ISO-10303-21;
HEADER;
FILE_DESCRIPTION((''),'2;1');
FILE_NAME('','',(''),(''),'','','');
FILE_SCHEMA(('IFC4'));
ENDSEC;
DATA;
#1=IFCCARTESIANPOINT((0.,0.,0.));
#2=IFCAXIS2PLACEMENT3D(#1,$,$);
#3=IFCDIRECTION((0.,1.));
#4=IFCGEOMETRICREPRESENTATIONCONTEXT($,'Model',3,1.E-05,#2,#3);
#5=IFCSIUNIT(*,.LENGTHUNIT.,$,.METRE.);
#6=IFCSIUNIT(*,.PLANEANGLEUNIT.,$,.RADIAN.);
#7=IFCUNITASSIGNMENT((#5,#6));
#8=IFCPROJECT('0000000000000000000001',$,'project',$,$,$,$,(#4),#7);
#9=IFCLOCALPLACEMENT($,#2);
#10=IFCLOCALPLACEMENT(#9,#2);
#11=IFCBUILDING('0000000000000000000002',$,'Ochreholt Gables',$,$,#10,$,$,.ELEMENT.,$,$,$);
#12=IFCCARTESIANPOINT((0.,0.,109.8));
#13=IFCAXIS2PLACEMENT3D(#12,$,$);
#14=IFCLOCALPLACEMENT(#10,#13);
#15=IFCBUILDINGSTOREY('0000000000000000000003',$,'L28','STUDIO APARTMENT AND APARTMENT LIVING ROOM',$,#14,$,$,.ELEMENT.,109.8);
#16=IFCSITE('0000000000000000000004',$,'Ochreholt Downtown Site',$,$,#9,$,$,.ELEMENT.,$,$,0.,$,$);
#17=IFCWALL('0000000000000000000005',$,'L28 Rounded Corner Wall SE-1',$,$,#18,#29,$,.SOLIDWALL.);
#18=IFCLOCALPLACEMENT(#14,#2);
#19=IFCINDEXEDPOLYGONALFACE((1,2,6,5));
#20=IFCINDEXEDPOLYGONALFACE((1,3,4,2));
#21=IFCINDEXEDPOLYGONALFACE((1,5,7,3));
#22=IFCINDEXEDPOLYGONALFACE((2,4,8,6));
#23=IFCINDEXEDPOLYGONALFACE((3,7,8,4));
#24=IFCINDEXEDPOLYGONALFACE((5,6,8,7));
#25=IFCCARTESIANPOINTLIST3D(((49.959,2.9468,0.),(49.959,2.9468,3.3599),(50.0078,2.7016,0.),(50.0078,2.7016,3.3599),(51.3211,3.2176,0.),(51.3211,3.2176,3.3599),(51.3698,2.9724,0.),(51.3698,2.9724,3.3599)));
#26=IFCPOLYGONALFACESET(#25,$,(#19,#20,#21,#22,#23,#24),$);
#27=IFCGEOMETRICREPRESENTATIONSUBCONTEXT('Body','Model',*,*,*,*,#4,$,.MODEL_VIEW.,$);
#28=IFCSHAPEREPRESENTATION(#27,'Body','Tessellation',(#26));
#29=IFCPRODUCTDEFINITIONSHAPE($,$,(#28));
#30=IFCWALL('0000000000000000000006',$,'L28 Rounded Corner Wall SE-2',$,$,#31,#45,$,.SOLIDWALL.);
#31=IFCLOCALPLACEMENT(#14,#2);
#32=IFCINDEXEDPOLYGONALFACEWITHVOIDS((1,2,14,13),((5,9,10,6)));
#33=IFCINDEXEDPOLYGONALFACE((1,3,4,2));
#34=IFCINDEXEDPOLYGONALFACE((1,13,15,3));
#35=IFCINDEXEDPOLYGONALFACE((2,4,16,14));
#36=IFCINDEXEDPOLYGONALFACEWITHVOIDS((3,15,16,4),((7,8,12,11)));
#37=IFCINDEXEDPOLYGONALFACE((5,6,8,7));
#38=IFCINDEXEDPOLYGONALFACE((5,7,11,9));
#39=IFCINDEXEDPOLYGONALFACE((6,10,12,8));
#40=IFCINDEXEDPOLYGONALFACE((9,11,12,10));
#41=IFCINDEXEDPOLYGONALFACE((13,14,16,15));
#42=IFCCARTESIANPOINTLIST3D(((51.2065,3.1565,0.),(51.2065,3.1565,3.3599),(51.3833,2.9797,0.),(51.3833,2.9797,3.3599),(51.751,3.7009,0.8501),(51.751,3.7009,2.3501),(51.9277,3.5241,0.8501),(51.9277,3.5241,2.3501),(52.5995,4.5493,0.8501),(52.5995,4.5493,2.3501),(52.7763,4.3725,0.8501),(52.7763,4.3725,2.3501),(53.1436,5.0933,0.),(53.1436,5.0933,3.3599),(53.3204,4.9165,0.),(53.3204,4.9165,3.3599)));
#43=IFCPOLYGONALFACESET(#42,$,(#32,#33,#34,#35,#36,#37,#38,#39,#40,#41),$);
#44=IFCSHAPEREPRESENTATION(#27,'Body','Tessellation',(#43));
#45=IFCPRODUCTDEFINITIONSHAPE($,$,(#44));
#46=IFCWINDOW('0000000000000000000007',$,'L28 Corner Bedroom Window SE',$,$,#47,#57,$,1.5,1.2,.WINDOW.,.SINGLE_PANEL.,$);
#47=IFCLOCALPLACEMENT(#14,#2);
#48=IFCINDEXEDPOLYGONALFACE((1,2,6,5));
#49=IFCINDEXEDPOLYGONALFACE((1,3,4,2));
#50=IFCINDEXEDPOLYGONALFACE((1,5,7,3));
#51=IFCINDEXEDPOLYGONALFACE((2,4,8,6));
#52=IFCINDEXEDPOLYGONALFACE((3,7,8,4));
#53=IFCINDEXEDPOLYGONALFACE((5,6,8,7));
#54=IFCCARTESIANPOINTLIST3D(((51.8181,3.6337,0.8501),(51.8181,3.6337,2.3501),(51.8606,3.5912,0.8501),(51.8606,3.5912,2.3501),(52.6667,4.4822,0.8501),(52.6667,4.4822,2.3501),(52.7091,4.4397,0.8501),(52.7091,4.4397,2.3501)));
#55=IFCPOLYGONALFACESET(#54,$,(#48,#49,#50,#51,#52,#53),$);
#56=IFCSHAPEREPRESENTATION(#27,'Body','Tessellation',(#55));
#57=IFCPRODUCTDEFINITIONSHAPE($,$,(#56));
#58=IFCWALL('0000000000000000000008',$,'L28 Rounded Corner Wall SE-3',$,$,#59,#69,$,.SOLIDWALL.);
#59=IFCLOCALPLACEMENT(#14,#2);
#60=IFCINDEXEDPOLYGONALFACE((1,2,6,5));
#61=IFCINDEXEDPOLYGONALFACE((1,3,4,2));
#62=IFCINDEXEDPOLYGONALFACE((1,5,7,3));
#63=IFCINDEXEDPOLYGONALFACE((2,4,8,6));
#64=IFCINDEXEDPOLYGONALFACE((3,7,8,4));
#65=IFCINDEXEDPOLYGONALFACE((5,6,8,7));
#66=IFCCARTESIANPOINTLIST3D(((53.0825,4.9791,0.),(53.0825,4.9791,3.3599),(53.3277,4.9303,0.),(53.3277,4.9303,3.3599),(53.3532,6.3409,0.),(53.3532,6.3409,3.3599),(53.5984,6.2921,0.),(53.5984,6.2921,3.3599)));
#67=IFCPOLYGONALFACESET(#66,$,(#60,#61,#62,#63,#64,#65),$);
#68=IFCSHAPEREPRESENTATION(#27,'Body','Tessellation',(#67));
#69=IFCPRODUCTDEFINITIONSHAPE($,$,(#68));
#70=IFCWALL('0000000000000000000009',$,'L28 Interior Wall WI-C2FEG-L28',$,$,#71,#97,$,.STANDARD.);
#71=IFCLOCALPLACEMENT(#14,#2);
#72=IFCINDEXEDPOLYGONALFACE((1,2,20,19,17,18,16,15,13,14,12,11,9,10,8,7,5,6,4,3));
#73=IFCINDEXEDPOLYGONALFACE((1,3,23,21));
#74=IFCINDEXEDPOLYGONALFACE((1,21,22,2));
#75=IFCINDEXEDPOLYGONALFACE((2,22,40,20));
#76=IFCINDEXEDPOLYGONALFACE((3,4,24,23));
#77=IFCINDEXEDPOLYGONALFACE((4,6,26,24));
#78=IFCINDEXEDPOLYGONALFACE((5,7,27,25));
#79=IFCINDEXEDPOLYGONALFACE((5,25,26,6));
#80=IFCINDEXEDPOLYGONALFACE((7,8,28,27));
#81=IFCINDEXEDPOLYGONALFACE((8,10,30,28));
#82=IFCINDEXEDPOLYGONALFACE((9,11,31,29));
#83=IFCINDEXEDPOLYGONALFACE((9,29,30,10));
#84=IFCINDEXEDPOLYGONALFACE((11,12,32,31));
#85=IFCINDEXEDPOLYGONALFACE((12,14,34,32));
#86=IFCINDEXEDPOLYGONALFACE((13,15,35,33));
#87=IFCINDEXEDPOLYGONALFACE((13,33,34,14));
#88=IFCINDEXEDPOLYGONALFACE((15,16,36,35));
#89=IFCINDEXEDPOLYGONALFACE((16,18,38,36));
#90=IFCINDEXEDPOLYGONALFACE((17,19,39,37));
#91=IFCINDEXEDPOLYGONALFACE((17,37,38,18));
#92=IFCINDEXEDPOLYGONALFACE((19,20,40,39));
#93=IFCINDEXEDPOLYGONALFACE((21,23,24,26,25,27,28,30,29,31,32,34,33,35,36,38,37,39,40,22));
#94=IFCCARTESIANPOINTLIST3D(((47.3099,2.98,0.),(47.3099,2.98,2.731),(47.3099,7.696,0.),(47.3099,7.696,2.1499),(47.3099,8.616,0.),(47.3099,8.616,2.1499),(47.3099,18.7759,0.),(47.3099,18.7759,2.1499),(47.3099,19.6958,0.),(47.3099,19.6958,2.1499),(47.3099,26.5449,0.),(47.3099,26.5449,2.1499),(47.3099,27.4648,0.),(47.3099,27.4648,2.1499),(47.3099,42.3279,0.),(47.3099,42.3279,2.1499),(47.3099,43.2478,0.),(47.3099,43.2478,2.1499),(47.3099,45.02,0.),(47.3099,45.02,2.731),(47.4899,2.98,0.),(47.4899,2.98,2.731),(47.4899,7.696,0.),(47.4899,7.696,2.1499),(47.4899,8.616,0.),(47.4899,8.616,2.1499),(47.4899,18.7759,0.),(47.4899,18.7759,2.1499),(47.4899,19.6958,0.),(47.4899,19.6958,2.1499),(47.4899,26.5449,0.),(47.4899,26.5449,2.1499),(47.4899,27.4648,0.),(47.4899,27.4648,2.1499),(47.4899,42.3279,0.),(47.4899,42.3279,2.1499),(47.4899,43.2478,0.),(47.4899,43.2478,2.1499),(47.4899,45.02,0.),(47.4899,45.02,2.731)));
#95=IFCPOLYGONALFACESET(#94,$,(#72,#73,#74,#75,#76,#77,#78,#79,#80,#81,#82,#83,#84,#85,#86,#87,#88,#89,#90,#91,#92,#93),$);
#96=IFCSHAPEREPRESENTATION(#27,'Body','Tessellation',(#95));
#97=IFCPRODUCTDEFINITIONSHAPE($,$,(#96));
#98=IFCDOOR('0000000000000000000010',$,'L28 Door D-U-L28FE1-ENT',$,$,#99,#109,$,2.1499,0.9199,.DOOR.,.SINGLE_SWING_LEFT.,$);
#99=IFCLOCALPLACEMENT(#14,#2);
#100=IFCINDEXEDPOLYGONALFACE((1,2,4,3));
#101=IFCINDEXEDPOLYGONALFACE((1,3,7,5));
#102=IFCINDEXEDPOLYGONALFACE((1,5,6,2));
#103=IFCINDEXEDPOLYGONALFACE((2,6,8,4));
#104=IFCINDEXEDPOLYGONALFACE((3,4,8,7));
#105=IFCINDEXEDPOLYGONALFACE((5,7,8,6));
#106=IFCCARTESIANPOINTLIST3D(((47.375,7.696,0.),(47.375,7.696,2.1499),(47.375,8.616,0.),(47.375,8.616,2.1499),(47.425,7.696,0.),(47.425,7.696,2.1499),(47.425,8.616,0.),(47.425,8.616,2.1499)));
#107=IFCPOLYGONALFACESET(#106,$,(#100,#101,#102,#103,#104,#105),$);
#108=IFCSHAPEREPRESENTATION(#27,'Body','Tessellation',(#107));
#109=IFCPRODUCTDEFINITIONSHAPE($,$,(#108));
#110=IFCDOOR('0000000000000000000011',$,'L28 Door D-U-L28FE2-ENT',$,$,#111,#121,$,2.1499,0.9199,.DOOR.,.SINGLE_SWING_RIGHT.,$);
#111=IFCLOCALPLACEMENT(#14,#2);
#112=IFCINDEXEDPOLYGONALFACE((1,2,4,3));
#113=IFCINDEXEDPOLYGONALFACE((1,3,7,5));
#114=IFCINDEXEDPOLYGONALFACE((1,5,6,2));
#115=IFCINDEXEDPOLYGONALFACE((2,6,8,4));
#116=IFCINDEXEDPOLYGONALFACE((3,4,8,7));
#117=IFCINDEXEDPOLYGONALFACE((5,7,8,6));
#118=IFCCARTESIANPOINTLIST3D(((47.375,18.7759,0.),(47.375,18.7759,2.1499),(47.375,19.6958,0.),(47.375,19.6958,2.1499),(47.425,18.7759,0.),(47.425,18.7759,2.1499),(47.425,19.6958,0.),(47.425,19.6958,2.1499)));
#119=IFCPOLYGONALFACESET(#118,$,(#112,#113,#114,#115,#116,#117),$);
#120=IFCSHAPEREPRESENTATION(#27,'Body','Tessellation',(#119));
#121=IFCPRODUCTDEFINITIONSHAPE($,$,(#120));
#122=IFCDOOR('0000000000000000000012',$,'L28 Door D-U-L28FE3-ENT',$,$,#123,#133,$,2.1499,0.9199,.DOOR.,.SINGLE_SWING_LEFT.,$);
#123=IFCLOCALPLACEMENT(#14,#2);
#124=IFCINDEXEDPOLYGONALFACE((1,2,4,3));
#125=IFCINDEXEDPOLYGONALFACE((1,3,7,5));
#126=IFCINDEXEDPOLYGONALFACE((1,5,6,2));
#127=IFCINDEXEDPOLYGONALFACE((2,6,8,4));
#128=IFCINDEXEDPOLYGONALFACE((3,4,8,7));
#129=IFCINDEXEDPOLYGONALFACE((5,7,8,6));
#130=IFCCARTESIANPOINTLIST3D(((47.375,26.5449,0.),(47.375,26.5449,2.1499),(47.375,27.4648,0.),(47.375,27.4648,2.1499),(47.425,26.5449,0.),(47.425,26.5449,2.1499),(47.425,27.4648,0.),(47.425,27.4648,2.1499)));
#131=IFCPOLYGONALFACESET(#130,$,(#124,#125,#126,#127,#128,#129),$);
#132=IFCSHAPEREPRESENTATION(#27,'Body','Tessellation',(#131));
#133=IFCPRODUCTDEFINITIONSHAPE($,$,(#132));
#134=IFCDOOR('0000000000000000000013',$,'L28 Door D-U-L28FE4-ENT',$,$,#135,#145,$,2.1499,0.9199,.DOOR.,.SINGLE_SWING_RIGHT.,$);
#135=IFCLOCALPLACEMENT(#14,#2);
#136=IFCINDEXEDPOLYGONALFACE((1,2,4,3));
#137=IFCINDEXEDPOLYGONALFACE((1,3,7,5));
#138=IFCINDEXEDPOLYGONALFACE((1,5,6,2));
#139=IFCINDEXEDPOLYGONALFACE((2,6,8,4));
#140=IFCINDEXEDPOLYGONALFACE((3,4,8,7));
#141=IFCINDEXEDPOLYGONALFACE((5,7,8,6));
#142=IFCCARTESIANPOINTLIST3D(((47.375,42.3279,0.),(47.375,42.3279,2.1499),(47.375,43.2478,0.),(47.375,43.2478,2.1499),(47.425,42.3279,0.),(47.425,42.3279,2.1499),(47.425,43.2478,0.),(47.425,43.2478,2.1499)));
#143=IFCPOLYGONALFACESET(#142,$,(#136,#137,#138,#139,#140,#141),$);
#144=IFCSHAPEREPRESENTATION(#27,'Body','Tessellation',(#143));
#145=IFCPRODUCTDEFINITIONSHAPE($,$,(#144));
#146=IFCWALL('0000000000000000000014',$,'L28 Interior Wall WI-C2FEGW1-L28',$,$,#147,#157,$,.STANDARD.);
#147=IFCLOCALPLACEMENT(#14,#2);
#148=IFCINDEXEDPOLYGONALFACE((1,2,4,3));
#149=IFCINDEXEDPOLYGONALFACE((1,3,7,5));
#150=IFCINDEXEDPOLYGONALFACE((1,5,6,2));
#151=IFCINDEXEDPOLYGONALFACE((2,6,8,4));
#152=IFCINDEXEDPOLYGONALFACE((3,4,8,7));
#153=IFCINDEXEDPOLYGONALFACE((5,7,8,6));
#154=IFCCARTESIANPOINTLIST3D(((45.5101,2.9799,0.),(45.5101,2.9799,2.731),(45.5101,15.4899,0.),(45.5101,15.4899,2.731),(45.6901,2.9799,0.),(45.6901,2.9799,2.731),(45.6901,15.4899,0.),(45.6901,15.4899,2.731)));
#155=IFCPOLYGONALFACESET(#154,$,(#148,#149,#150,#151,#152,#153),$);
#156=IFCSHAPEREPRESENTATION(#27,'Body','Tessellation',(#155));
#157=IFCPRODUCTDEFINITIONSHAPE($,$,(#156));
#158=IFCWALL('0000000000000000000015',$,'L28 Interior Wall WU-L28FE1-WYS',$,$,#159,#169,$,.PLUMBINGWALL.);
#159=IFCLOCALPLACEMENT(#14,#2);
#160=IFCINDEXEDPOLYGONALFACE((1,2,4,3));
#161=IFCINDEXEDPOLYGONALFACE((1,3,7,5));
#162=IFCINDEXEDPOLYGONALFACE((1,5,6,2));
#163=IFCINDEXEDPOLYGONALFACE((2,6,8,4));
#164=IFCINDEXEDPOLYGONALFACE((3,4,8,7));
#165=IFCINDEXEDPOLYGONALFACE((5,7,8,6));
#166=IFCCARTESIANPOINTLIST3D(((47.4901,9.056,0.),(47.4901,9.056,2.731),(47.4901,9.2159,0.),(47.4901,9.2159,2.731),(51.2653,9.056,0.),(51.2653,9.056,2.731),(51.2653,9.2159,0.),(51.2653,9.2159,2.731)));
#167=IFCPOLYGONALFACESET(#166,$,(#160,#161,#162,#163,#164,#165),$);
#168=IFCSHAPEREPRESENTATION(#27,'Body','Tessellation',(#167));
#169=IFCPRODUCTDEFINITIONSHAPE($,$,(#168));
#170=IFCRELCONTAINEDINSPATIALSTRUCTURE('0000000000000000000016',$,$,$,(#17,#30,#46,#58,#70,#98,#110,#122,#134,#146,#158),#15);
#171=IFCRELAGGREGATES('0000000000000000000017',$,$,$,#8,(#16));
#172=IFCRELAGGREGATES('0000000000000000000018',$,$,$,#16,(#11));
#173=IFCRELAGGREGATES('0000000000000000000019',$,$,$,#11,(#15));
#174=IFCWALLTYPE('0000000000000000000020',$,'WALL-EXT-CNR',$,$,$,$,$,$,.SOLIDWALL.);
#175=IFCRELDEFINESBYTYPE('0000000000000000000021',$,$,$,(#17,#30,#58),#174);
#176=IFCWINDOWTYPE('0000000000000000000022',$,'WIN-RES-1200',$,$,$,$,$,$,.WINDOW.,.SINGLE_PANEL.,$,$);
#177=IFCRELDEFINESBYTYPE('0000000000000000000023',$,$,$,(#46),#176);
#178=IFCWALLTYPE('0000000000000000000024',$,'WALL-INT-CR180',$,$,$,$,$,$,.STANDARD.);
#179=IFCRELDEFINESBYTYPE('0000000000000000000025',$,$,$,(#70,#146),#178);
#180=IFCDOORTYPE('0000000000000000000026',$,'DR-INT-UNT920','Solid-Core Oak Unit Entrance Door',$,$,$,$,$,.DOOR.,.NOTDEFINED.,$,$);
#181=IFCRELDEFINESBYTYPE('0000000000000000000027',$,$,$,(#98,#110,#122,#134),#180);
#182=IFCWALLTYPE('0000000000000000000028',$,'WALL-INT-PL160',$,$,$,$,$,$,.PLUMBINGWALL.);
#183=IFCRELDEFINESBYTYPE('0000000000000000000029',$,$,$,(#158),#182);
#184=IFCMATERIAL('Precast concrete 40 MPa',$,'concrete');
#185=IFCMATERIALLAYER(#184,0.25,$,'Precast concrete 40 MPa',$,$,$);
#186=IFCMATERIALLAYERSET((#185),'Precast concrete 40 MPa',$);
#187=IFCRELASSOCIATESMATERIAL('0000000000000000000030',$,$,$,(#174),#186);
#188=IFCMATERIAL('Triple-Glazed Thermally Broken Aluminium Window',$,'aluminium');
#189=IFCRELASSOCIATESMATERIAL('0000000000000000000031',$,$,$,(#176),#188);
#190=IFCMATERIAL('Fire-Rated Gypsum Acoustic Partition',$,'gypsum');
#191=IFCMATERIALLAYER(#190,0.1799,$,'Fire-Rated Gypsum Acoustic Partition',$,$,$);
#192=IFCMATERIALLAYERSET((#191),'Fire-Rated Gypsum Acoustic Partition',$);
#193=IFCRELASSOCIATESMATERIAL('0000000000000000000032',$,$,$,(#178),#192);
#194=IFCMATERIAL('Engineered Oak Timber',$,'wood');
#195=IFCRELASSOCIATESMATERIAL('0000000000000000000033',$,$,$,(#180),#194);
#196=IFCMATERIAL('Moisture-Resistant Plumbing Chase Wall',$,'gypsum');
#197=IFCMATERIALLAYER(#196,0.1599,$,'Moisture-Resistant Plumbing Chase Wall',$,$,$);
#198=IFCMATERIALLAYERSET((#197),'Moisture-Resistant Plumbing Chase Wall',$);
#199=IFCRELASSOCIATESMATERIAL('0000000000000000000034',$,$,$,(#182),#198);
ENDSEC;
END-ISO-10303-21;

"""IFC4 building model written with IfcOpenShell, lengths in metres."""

from ifc_helpers import new_model, si_unit, direction, frame, frame_2d, origin, place, context, subcontext, project, spatial, rectangle, extrude, material, layer, layer_set, type_object, element, fill, save


model = new_model("IFC4")

# Units and contexts
model_context = context("Model", 3, precision=1e-05, world=origin(), true_north=direction((0.0, 1.0)))
body_context = subcontext(model_context, "Body", "Model", "MODEL_VIEW")
ifc_project = project(units=[si_unit("LENGTHUNIT", "METRE"), si_unit("PLANEANGLEUNIT", "RADIAN")], contexts=[model_context])

# Site, building, storey
site_placement = place(None, origin())
site = spatial("IfcSite", under=ifc_project, at=site_placement, Name="Ochreholt Downtown Site", CompositionType="ELEMENT", RefElevation=0.0)
building_placement = place(site_placement, origin())
building = spatial("IfcBuilding", under=site, at=building_placement, Name="Ochreholt Gables", CompositionType="ELEMENT")
storey_placement = place(building_placement, frame((0.0, 0.0, 109.8)))
storey = spatial("IfcBuildingStorey", under=building, at=storey_placement, Name="L28", Description="STUDIO APARTMENT AND APARTMENT LIVING ROOM", CompositionType="ELEMENT", Elevation=109.8)

# Shared definitions
ifc_material_1 = material(Name="Precast concrete 40 MPa", Category="concrete")
ifc_material_2 = material(Name="Triple-Glazed Thermally Broken Aluminium Window", Category="aluminium")

# Wall
ifc_layer_1 = layer(ifc_material_1, 0.25, Name="Precast concrete 40 MPa")
ifc_layer_set_1 = layer_set([ifc_layer_1], Name="Precast concrete 40 MPa")
wall_type_1 = type_object("IfcWallType", Name="WALL-EXT-CNR", PredefinedType="SOLIDWALL", material=ifc_layer_set_1)
wall_1_placement = place(storey_placement, frame((49.9834, 2.8242, 0.0), z_axis=(0.0, 0.0, 1.0), x_axis=(0.98081, 0.194967, 0.0)))
element("IfcWall", 1, at=wall_1_placement, inside=storey, type_object=wall_type_1, Name="L28 Rounded Corner Wall SE-1", PredefinedType="SOLIDWALL", context=body_context, shape_type="SweptSolid", body=[
    extrude(rectangle(XDim=1.3887, YDim=0.25, at=frame_2d((0.6943, 0.0))), origin(), (0.0, 0.0, 1.0), 3.3599),
])

# Wall, opening, window
wall_2_placement = place(storey_placement, frame((51.2949, 3.0681, 0.0), z_axis=(0.0, 0.0, 1.0), x_axis=(0.707151, 0.707062, 0.0)))
wall_2 = element("IfcWall", 2, at=wall_2_placement, inside=storey, type_object=wall_type_1, Name="L28 Rounded Corner Wall SE-2", PredefinedType="SOLIDWALL", context=body_context, shape_type="SweptSolid", body=[
    extrude(rectangle(XDim=2.7393, YDim=0.25, at=frame_2d((1.3696, 0.0))), origin(), (0.0, 0.0, 1.0), 3.3599),
])
opening_1_placement = place(wall_2_placement, frame((0.7698, 0.0, 0.8501)))
opening_1 = element("IfcOpeningElement", 3, at=opening_1_placement, cuts=wall_2, PredefinedType="OPENING", context=body_context, shape_type="SweptSolid", body=[
    extrude(rectangle(XDim=1.2, YDim=1.5, at=frame_2d((0.6001, 0.75))), frame((0.0, 0.135, 0.0), z_axis=(0.0, -1.0, 0.0), x_axis=(1.0, 0.0, 0.0)), (0.0, 0.0, 1.0), 0.27),
])
window_type_1 = type_object("IfcWindowType", Name="WIN-RES-1200", PartitioningType="SINGLE_PANEL", PredefinedType="WINDOW", material=ifc_material_2)
window_1_placement = place(opening_1_placement, origin())
window_1 = element("IfcWindow", 4, at=window_1_placement, inside=storey, type_object=window_type_1, Name="L28 Corner Bedroom Window SE", OverallHeight=1.5, OverallWidth=1.2, PartitioningType="SINGLE_PANEL", PredefinedType="WINDOW", context=body_context, shape_type="SweptSolid", body=[
    extrude(rectangle(XDim=1.2, YDim=1.5, at=frame_2d((0.6001, 0.75))), frame((0.0, 0.03, 0.0), z_axis=(0.0, -1.0, 0.0), x_axis=(1.0, 0.0, 0.0)), (0.0, 0.0, 1.0), 0.0601),
])
fill(opening_1, window_1)

# Wall
wall_3_placement = place(storey_placement, frame((53.2051, 4.9546, 0.0), z_axis=(0.0, 0.0, 1.0), x_axis=(0.195, 0.980803, 0.0)))
element("IfcWall", 5, at=wall_3_placement, inside=storey, type_object=wall_type_1, Name="L28 Rounded Corner Wall SE-3", PredefinedType="SOLIDWALL", context=body_context, shape_type="SweptSolid", body=[
    extrude(rectangle(XDim=1.3884, YDim=0.25, at=frame_2d((0.6943, 0.0))), origin(), (0.0, 0.0, 1.0), 3.3599),
])

# Wall, openings, doors
ifc_material_3 = material(Name="Fire-Rated Gypsum Acoustic Partition", Category="gypsum")
ifc_layer_2 = layer(ifc_material_3, 0.1799, Name="Fire-Rated Gypsum Acoustic Partition")
ifc_layer_set_2 = layer_set([ifc_layer_2], Name="Fire-Rated Gypsum Acoustic Partition")
wall_type_2 = type_object("IfcWallType", Name="WALL-INT-CR180", PredefinedType="STANDARD", material=ifc_layer_set_2)
wall_4_placement = place(storey_placement, frame((47.3999, 2.98, 0.0), z_axis=(0.0, 0.0, 1.0), x_axis=(0.0, 1.0, 0.0)))
wall_4 = element("IfcWall", 6, at=wall_4_placement, inside=storey, type_object=wall_type_2, Name="L28 Interior Wall WI-C2FEG-L28", PredefinedType="STANDARD", context=body_context, shape_type="SweptSolid", body=[
    extrude(rectangle(XDim=42.04, YDim=0.1799, at=frame_2d((21.02, 0.0))), origin(), (0.0, 0.0, 1.0), 2.731),
])
opening_2_placement = place(wall_4_placement, frame((4.7161, 0.0, 0.0)))
opening_2 = element("IfcOpeningElement", 7, at=opening_2_placement, cuts=wall_4, PredefinedType="OPENING", context=body_context, shape_type="SweptSolid", body=[
    extrude(rectangle(XDim=0.9199, YDim=2.1499, at=frame_2d((0.46, 1.075))), frame((0.0, 0.0999, 0.0), z_axis=(0.0, -1.0, 0.0), x_axis=(1.0, 0.0, 0.0)), (0.0, 0.0, 1.0), 0.2),
])
opening_3_placement = place(wall_4_placement, frame((15.7959, 0.0, 0.0)))
opening_3 = element("IfcOpeningElement", 8, at=opening_3_placement, cuts=wall_4, PredefinedType="OPENING", context=body_context, shape_type="SweptSolid", body=[
    extrude(rectangle(XDim=0.9199, YDim=2.1499, at=frame_2d((0.46, 1.075))), frame((0.0, 0.0999, 0.0), z_axis=(0.0, -1.0, 0.0), x_axis=(1.0, 0.0, 0.0)), (0.0, 0.0, 1.0), 0.2),
])
opening_4_placement = place(wall_4_placement, frame((23.5649, 0.0, 0.0)))
opening_4 = element("IfcOpeningElement", 9, at=opening_4_placement, cuts=wall_4, PredefinedType="OPENING", context=body_context, shape_type="SweptSolid", body=[
    extrude(rectangle(XDim=0.9199, YDim=2.1499, at=frame_2d((0.46, 1.075))), frame((0.0, 0.0999, 0.0), z_axis=(0.0, -1.0, 0.0), x_axis=(1.0, 0.0, 0.0)), (0.0, 0.0, 1.0), 0.2),
])
opening_5_placement = place(wall_4_placement, frame((39.3479, 0.0, 0.0)))
opening_5 = element("IfcOpeningElement", 10, at=opening_5_placement, cuts=wall_4, PredefinedType="OPENING", context=body_context, shape_type="SweptSolid", body=[
    extrude(rectangle(XDim=0.9199, YDim=2.1499, at=frame_2d((0.46, 1.075))), frame((0.0, 0.0999, 0.0), z_axis=(0.0, -1.0, 0.0), x_axis=(1.0, 0.0, 0.0)), (0.0, 0.0, 1.0), 0.2),
])
ifc_material_4 = material(Name="Engineered Oak Timber", Category="wood")
door_type_1 = type_object("IfcDoorType", Name="DR-INT-UNT920", Description="Solid-Core Oak Unit Entrance Door", OperationType="NOTDEFINED", PredefinedType="DOOR", material=ifc_material_4)
door_1_placement = place(opening_2_placement, origin())
door_1 = element("IfcDoor", 11, at=door_1_placement, inside=storey, type_object=door_type_1, Name="L28 Door D-U-L28FE1-ENT", OperationType="SINGLE_SWING_LEFT", OverallHeight=2.1499, OverallWidth=0.9199, PredefinedType="DOOR", context=body_context, shape_type="SweptSolid", body=[
    extrude(rectangle(XDim=0.9199, YDim=2.1499, at=frame_2d((0.46, 1.075))), frame((0.0, 0.0249, 0.0), z_axis=(0.0, -1.0, 0.0), x_axis=(1.0, 0.0, 0.0)), (0.0, 0.0, 1.0), 0.05),
])
fill(opening_2, door_1)
door_2_placement = place(opening_3_placement, origin())
door_2 = element("IfcDoor", 12, at=door_2_placement, inside=storey, type_object=door_type_1, Name="L28 Door D-U-L28FE2-ENT", OperationType="SINGLE_SWING_RIGHT", OverallHeight=2.1499, OverallWidth=0.9199, PredefinedType="DOOR", context=body_context, shape_type="SweptSolid", body=[
    extrude(rectangle(XDim=0.9199, YDim=2.1499, at=frame_2d((0.46, 1.075))), frame((0.0, 0.0249, 0.0), z_axis=(0.0, -1.0, 0.0), x_axis=(1.0, 0.0, 0.0)), (0.0, 0.0, 1.0), 0.05),
])
fill(opening_3, door_2)
door_3_placement = place(opening_4_placement, origin())
door_3 = element("IfcDoor", 13, at=door_3_placement, inside=storey, type_object=door_type_1, Name="L28 Door D-U-L28FE3-ENT", OperationType="SINGLE_SWING_LEFT", OverallHeight=2.1499, OverallWidth=0.9199, PredefinedType="DOOR", context=body_context, shape_type="SweptSolid", body=[
    extrude(rectangle(XDim=0.9199, YDim=2.1499, at=frame_2d((0.46, 1.075))), frame((0.0, 0.0249, 0.0), z_axis=(0.0, -1.0, 0.0), x_axis=(1.0, 0.0, 0.0)), (0.0, 0.0, 1.0), 0.05),
])
fill(opening_4, door_3)
door_4_placement = place(opening_5_placement, origin())
door_4 = element("IfcDoor", 14, at=door_4_placement, inside=storey, type_object=door_type_1, Name="L28 Door D-U-L28FE4-ENT", OperationType="SINGLE_SWING_RIGHT", OverallHeight=2.1499, OverallWidth=0.9199, PredefinedType="DOOR", context=body_context, shape_type="SweptSolid", body=[
    extrude(rectangle(XDim=0.9199, YDim=2.1499, at=frame_2d((0.46, 1.075))), frame((0.0, 0.0249, 0.0), z_axis=(0.0, -1.0, 0.0), x_axis=(1.0, 0.0, 0.0)), (0.0, 0.0, 1.0), 0.05),
])
fill(opening_5, door_4)

# Walls
wall_5_placement = place(storey_placement, frame((45.6001, 2.98, 0.0), z_axis=(0.0, 0.0, 1.0), x_axis=(0.0, 1.0, 0.0)))
element("IfcWall", 15, at=wall_5_placement, inside=storey, type_object=wall_type_2, Name="L28 Interior Wall WI-C2FEGW1-L28", PredefinedType="STANDARD", context=body_context, shape_type="SweptSolid", body=[
    extrude(rectangle(XDim=12.51, YDim=0.1799, at=frame_2d((6.2549, 0.0))), origin(), (0.0, 0.0, 1.0), 2.731),
])
ifc_material_5 = material(Name="Moisture-Resistant Plumbing Chase Wall", Category="gypsum")
ifc_layer_3 = layer(ifc_material_5, 0.1599, Name="Moisture-Resistant Plumbing Chase Wall")
ifc_layer_set_3 = layer_set([ifc_layer_3], Name="Moisture-Resistant Plumbing Chase Wall")
wall_type_3 = type_object("IfcWallType", Name="WALL-INT-PL160", PredefinedType="PLUMBINGWALL", material=ifc_layer_set_3)
wall_6_placement = place(storey_placement, frame((47.49, 9.136, 0.0), z_axis=(0.0, 0.0, 1.0), x_axis=(1.0, 0.0, 0.0)))
element("IfcWall", 16, at=wall_6_placement, inside=storey, type_object=wall_type_3, Name="L28 Interior Wall WU-L28FE1-WYS", PredefinedType="PLUMBINGWALL", context=body_context, shape_type="SweptSolid", body=[
    extrude(rectangle(XDim=3.7751, YDim=0.1599, at=frame_2d((1.8877, 0.0))), origin(), (0.0, 0.0, 1.0), 2.731),
])

save(model, "model.ifc")
